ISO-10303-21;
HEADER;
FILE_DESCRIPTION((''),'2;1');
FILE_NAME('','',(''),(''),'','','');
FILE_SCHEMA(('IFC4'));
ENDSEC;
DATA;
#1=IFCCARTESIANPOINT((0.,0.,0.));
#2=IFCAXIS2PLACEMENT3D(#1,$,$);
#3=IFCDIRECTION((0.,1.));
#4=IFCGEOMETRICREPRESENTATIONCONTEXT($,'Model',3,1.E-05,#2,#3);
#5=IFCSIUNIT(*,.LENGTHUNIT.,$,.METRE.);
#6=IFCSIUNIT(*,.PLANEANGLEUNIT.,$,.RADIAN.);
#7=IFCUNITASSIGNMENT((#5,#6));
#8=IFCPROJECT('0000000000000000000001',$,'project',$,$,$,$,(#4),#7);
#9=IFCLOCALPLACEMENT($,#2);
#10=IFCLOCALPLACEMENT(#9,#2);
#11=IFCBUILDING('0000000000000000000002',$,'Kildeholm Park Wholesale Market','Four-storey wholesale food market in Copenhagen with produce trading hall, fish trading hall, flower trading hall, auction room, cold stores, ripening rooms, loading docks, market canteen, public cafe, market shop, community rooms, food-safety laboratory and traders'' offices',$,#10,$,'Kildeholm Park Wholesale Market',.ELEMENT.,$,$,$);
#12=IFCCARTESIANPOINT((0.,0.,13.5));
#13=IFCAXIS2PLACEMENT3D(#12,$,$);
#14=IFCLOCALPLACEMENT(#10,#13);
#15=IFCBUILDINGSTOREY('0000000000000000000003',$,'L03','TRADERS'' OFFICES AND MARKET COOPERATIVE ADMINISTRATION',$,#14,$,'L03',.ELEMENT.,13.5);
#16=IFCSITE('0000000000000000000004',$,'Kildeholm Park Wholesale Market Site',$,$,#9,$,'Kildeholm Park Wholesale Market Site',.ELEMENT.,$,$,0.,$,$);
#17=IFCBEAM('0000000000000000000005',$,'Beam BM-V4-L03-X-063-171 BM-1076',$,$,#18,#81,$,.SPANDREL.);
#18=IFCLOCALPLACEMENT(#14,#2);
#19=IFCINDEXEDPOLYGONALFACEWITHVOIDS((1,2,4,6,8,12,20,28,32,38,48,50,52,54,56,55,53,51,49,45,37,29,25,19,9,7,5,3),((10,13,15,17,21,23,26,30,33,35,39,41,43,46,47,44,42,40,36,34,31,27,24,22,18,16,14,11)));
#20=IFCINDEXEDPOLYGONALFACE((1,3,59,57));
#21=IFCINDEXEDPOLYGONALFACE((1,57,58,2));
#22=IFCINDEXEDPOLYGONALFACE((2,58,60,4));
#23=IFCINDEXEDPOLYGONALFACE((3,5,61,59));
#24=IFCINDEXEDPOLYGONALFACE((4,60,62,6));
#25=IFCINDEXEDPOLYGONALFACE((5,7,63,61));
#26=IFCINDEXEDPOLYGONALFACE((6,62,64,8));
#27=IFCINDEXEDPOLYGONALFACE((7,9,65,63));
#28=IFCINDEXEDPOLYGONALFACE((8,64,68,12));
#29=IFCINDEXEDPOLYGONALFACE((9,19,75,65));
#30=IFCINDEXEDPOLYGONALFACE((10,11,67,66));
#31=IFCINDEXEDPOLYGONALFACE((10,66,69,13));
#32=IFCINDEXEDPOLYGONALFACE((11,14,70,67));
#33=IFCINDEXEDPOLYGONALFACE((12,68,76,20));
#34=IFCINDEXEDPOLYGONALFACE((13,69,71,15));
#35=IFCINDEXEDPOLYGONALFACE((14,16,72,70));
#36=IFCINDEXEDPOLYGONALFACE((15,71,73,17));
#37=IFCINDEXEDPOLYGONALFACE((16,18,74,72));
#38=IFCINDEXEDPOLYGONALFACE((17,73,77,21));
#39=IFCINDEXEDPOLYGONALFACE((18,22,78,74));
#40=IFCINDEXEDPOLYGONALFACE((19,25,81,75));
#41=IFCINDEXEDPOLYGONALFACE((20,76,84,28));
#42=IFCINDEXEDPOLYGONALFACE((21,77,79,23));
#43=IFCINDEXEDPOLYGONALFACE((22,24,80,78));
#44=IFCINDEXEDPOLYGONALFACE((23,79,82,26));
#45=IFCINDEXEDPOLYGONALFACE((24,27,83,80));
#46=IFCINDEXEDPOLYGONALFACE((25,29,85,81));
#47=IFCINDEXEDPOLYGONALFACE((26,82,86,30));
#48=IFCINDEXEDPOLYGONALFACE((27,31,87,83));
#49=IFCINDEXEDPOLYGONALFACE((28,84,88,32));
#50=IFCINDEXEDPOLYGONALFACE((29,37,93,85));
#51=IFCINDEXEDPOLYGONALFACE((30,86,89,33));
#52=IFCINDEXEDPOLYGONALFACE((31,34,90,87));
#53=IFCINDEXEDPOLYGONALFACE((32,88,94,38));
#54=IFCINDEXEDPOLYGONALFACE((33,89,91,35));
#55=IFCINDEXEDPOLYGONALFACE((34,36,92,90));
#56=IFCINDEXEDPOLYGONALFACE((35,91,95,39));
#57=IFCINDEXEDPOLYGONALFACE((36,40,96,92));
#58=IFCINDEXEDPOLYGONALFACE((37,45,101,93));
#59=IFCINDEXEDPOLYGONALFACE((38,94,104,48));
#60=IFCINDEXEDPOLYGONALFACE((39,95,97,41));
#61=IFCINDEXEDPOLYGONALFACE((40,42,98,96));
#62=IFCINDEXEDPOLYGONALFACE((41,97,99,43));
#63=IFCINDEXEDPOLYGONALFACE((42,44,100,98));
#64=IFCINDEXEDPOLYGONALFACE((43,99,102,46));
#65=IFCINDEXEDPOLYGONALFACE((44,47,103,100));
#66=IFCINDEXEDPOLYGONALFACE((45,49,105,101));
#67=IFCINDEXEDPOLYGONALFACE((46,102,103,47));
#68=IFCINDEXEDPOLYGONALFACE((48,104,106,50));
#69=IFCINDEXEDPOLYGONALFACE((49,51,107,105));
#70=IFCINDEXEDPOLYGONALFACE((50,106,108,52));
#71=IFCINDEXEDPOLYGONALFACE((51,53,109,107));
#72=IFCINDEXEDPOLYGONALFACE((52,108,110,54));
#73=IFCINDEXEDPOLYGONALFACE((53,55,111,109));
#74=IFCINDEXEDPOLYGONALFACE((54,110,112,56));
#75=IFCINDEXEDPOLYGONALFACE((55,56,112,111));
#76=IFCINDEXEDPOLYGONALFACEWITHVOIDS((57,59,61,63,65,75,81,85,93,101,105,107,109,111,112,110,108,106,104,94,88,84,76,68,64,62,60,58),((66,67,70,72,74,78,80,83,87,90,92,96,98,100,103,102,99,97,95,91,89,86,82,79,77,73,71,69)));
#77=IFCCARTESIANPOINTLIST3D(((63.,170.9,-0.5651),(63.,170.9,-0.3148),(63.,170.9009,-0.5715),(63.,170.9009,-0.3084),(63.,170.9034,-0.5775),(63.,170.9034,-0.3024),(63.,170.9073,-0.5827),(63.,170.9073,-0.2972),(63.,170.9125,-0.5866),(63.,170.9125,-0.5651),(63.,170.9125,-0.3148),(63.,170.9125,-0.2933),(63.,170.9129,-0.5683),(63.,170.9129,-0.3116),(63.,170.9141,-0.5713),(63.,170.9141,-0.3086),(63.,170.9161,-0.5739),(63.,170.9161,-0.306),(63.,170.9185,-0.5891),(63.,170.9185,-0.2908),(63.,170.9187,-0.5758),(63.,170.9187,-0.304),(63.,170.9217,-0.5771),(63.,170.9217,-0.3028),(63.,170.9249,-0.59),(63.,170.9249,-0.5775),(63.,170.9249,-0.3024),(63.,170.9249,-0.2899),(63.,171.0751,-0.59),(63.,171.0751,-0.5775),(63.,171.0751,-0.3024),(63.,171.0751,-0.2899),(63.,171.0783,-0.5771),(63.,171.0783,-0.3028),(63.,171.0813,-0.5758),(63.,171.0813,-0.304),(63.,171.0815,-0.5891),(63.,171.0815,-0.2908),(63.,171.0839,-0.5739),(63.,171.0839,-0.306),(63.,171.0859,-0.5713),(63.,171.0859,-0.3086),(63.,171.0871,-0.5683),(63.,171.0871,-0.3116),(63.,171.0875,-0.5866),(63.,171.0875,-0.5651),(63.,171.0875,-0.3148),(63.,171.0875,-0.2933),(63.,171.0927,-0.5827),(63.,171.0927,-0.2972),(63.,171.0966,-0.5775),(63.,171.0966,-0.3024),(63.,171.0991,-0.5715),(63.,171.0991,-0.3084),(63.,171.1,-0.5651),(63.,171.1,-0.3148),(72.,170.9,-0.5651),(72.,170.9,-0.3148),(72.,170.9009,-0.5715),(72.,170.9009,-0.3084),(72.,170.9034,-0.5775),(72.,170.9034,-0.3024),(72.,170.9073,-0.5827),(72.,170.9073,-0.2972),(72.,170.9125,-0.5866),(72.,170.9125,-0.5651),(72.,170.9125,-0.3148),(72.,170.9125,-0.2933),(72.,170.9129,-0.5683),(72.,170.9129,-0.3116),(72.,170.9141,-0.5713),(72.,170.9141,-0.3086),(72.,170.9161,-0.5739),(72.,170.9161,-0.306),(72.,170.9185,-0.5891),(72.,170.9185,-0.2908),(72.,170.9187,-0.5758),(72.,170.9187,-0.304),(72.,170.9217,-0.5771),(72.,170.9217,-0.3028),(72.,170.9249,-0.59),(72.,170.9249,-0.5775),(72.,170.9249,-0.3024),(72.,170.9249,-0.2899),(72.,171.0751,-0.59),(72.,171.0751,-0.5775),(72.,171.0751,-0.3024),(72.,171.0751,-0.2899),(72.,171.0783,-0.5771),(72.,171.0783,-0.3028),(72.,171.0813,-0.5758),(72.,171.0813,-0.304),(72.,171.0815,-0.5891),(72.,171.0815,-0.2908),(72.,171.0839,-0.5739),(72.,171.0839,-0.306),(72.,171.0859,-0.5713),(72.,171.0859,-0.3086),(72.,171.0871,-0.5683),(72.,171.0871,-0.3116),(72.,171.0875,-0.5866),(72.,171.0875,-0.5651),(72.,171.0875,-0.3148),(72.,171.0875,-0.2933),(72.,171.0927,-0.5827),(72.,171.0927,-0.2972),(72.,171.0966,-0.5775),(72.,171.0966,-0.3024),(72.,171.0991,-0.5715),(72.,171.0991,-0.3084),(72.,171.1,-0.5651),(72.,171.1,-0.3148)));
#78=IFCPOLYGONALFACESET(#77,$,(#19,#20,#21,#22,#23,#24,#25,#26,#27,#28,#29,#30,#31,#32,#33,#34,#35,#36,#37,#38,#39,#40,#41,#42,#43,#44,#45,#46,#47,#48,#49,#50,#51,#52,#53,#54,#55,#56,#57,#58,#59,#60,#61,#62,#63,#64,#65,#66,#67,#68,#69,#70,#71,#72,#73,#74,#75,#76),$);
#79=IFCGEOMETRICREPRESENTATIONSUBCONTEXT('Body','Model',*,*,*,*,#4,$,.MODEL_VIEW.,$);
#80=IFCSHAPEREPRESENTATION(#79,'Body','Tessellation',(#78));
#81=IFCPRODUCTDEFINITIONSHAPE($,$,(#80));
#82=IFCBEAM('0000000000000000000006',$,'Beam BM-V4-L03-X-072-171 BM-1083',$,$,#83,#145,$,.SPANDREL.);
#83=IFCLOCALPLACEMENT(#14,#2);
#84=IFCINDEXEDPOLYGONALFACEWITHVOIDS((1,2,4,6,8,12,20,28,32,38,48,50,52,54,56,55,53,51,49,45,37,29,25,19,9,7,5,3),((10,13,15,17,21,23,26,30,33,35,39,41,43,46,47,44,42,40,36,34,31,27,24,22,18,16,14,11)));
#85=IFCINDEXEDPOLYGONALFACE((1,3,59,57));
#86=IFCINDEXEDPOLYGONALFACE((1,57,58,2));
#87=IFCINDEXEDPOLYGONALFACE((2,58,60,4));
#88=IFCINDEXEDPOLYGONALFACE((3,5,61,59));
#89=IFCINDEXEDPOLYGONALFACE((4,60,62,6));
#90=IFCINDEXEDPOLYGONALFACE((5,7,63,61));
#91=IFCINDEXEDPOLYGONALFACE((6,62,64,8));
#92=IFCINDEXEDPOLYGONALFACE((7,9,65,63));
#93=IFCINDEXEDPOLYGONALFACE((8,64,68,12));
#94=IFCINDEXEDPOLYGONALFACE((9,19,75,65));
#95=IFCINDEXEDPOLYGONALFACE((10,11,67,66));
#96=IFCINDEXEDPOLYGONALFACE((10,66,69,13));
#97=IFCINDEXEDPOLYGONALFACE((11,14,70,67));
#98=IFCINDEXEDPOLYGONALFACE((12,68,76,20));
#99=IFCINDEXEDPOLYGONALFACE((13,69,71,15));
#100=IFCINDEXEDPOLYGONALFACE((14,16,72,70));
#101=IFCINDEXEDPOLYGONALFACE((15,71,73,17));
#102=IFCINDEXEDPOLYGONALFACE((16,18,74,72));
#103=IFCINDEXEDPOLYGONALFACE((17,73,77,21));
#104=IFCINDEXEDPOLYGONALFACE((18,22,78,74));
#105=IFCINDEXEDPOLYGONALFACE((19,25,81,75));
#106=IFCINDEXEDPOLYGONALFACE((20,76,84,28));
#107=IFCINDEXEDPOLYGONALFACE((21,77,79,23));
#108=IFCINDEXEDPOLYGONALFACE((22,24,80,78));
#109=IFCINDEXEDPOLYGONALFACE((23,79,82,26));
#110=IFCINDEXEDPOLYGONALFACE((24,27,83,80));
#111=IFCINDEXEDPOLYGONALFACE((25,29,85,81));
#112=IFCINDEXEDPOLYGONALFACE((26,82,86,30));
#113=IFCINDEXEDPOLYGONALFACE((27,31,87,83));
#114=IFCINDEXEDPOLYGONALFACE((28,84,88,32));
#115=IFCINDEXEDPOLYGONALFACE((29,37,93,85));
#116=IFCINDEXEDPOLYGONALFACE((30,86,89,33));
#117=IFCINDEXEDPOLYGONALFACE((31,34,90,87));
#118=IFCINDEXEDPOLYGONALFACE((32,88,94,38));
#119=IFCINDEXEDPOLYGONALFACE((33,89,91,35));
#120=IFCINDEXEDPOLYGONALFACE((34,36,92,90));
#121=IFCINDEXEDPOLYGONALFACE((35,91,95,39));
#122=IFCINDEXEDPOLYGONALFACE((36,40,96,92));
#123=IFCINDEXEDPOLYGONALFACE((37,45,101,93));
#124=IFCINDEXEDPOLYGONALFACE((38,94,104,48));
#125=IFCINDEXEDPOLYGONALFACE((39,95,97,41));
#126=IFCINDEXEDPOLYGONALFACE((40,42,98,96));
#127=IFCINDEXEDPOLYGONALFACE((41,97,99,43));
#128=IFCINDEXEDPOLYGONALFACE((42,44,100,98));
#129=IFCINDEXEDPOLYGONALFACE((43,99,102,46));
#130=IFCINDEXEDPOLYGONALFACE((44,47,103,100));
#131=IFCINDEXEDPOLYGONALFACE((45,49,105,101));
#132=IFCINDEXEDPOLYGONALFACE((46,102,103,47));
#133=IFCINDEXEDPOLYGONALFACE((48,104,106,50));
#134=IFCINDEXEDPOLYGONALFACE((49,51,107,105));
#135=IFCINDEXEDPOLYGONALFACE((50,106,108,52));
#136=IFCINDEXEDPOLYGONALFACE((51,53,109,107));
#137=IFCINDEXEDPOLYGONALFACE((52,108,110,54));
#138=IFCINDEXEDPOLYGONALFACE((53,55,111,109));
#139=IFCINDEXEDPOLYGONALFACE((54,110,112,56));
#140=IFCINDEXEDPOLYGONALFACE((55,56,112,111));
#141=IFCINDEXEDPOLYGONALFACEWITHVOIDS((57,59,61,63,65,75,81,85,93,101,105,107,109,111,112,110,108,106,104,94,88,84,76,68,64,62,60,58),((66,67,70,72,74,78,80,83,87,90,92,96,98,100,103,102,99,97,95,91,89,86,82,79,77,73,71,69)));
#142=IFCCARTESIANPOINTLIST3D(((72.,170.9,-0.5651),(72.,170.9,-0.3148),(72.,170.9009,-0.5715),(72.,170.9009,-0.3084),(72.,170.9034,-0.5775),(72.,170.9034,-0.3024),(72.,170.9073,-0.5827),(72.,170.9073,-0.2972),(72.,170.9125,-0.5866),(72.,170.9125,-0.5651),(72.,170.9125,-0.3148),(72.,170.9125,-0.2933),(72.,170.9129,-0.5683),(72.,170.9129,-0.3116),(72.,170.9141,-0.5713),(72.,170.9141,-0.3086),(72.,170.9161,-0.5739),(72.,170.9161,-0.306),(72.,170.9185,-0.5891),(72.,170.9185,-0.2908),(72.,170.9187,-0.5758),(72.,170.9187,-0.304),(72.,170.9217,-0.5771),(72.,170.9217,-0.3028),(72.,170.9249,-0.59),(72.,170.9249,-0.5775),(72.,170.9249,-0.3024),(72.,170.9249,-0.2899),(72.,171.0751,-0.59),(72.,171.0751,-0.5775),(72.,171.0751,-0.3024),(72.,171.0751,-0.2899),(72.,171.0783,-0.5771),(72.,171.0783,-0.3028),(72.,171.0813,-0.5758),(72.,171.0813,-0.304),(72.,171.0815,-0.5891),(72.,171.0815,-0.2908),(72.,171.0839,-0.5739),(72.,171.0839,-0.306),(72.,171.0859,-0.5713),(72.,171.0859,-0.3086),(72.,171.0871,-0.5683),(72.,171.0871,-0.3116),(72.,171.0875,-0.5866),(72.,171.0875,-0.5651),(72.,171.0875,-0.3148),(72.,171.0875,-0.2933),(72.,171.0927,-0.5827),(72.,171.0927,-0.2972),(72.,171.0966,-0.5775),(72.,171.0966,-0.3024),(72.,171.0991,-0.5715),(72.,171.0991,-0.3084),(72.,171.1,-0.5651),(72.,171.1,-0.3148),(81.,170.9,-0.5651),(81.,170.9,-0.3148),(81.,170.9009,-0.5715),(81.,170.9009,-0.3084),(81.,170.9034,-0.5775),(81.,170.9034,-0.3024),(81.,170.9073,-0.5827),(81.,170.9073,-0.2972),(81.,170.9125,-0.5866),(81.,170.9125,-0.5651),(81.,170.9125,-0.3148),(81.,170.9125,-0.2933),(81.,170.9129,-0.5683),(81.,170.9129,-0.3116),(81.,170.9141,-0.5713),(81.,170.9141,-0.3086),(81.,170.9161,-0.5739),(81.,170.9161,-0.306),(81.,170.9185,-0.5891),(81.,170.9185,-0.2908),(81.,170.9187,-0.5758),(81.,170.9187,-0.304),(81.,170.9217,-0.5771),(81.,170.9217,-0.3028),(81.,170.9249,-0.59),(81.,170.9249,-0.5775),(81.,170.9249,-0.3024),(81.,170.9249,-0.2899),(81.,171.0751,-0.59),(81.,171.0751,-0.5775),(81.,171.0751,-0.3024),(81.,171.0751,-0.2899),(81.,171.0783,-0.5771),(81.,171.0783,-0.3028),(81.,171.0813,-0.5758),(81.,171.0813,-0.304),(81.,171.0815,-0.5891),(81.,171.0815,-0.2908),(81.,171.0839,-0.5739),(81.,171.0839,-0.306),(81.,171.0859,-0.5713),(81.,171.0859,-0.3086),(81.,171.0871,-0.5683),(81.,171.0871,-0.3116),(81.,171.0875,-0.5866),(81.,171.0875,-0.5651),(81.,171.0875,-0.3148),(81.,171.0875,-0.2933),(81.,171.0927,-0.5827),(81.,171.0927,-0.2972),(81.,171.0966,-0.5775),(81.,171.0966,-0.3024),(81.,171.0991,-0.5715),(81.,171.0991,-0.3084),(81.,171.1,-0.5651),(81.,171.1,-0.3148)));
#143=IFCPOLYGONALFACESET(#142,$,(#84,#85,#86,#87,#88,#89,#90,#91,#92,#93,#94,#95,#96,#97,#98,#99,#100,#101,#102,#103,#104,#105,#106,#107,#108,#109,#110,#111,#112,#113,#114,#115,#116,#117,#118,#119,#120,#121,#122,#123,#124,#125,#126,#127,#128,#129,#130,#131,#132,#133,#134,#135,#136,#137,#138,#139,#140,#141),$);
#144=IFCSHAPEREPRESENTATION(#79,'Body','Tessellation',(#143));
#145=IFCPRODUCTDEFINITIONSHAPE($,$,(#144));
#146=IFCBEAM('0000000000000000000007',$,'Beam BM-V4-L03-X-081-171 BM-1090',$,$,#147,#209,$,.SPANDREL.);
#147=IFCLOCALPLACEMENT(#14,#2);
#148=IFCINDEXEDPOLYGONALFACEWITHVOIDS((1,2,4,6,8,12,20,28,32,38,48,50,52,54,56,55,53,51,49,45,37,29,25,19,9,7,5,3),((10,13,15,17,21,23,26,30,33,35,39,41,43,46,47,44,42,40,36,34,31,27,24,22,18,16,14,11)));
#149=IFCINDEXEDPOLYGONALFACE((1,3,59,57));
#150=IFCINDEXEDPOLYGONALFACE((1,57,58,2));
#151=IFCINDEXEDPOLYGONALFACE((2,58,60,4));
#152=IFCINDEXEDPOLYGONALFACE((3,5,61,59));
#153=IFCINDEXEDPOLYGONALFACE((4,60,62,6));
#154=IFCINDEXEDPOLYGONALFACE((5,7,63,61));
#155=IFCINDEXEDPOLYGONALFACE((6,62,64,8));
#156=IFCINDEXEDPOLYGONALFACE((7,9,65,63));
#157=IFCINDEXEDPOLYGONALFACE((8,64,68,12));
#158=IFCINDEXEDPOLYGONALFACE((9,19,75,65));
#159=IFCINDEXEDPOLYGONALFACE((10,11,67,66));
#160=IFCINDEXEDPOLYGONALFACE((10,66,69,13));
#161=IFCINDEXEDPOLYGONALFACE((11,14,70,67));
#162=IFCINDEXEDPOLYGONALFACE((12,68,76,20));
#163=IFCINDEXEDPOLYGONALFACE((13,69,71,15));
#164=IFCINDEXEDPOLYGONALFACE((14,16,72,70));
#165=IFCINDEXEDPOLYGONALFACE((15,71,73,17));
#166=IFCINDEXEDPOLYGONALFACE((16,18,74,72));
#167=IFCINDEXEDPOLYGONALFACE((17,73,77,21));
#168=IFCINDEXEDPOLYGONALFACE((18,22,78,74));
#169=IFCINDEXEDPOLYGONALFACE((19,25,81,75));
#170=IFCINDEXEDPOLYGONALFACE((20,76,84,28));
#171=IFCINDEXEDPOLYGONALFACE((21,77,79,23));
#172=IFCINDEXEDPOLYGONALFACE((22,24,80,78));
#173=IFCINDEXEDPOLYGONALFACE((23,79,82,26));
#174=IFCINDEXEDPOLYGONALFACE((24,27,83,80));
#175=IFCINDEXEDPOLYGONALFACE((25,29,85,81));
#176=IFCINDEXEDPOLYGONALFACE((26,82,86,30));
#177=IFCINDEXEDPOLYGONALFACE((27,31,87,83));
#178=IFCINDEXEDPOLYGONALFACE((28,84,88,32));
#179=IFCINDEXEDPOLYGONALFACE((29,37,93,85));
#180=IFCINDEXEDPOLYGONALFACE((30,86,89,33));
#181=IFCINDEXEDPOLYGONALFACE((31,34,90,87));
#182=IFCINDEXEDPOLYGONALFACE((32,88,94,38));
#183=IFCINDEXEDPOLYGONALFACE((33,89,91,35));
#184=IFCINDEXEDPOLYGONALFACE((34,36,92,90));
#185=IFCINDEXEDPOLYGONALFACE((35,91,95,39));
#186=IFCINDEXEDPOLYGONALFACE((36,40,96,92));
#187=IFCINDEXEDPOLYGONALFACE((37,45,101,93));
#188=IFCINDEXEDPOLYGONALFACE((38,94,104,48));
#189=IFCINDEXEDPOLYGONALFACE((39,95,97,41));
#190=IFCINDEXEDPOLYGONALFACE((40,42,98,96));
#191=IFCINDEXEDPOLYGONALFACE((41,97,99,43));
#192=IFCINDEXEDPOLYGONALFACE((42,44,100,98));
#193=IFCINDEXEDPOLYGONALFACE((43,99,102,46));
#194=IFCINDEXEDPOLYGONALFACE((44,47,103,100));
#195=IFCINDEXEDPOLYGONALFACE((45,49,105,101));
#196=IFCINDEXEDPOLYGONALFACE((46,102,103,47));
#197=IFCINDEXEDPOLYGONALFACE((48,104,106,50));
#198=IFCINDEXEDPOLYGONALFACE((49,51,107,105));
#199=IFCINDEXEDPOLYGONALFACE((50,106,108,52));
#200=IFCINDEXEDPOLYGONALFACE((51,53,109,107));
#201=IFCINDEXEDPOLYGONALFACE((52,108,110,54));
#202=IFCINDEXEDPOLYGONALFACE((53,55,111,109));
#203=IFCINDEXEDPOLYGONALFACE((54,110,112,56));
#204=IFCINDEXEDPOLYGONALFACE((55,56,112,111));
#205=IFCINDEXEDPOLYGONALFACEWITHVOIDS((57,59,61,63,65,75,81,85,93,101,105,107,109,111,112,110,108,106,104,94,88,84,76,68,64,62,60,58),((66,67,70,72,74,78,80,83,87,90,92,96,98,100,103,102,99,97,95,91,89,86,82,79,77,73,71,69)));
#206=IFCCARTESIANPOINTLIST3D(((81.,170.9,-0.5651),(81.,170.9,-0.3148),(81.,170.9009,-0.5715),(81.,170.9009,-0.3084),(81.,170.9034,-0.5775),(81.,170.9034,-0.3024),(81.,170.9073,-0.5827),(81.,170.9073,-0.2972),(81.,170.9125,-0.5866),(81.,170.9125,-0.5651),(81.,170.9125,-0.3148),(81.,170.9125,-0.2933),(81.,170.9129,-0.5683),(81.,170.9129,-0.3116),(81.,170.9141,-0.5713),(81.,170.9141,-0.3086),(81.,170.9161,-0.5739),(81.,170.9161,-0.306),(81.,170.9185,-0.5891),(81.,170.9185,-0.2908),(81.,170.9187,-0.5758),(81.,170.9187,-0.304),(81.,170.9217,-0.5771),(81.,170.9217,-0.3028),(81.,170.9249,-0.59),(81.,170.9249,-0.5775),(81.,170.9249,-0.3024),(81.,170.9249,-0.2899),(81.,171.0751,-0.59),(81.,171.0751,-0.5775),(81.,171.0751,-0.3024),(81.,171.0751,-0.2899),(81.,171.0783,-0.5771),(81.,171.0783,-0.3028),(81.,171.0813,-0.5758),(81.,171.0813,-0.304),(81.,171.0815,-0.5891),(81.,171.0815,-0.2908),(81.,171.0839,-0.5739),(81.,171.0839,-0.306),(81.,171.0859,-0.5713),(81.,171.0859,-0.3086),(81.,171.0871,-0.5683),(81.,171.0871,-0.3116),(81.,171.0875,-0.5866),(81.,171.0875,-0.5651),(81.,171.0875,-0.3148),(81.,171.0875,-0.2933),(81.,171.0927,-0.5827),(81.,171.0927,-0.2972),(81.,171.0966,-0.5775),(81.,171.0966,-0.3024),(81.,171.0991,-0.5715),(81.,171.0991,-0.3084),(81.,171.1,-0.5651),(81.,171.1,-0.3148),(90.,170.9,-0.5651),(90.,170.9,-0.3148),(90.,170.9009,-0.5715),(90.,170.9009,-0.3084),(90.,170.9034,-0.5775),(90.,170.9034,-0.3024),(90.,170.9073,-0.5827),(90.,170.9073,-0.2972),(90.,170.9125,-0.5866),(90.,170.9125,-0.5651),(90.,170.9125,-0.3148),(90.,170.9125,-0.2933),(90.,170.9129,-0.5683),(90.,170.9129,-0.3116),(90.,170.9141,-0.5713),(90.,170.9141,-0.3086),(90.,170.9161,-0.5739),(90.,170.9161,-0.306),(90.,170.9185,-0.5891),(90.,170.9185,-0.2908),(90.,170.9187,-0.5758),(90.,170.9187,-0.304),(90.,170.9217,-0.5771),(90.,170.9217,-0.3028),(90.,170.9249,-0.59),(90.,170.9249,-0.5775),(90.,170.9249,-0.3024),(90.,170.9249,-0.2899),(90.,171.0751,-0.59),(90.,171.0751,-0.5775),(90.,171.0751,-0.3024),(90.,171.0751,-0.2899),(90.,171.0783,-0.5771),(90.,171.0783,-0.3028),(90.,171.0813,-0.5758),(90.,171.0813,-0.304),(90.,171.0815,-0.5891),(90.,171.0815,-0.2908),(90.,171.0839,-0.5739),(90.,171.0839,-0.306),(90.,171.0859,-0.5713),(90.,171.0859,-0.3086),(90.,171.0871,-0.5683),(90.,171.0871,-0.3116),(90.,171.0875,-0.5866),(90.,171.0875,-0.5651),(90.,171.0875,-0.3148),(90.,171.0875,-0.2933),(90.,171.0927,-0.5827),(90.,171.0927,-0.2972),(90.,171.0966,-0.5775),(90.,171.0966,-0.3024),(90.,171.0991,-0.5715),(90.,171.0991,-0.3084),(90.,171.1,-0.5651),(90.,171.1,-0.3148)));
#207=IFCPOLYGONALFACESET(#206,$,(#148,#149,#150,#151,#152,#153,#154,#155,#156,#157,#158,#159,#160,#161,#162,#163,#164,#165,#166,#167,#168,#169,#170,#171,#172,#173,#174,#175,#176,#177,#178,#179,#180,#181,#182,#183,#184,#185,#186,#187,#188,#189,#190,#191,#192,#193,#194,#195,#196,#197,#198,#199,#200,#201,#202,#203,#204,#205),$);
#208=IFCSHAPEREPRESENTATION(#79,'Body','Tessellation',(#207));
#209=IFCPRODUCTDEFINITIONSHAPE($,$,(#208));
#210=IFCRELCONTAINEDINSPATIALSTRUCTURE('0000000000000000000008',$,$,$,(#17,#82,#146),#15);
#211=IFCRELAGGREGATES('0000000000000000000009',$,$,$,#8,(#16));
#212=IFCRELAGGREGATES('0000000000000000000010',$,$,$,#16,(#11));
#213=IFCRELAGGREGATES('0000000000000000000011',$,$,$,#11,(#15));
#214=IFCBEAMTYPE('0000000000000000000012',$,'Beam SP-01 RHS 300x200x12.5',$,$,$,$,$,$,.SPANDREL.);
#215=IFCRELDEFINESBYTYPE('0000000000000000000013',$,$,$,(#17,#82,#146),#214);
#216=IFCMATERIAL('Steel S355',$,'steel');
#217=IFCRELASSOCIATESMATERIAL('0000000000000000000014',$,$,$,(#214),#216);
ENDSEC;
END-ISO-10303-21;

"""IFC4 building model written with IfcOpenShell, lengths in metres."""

from ifc_helpers import new_model, si_unit, direction, frame, origin, origin_2d, place, context, subcontext, project, spatial, hollow_rectangle, extrude, material, material_profile, profile_set, type_object, element, save


model = new_model("IFC4")

# Units and contexts
model_context = context("Model", 3, precision=1e-05, world=origin(), true_north=direction((0.0, 1.0)))
body_context = subcontext(model_context, "Body", "Model", "MODEL_VIEW")
ifc_project = project(units=[si_unit("LENGTHUNIT", "METRE"), si_unit("PLANEANGLEUNIT", "RADIAN")], contexts=[model_context])

# Site, building, storey
site_placement = place(None, origin())
site = spatial("IfcSite", under=ifc_project, at=site_placement, Name="Kildeholm Park Wholesale Market Site", LongName="Kildeholm Park Wholesale Market Site", CompositionType="ELEMENT", RefElevation=0.0)
building_placement = place(site_placement, origin())
building = spatial("IfcBuilding", under=site, at=building_placement, Name="Kildeholm Park Wholesale Market", Description="Four-storey wholesale food market in Copenhagen with produce trading hall, fish trading hall, flower trading hall, auction room, cold stores, ripening rooms, loading docks, market canteen, public cafe, market shop, community rooms, food-safety laboratory and traders' offices", LongName="Kildeholm Park Wholesale Market", CompositionType="ELEMENT")
storey_placement = place(building_placement, frame((0.0, 0.0, 13.5)))
storey = spatial("IfcBuildingStorey", under=building, at=storey_placement, Name="L03", Description="TRADERS' OFFICES AND MARKET COOPERATIVE ADMINISTRATION", LongName="L03", CompositionType="ELEMENT", Elevation=13.5)

# Beams
ifc_material_1 = material(Name="Steel S355", Category="steel")
ifc_material_profile_1 = material_profile(ifc_material_1, hollow_rectangle(XDim=0.2, YDim=0.3, WallThickness=0.0125, InnerFilletRadius=0.0125, OuterFilletRadius=0.0249, at=origin_2d()), Name="RHS 300x200x12.5")
ifc_profile_set_1 = profile_set([ifc_material_profile_1], Name="Steel S355")
beam_type_1 = type_object("IfcBeamType", Name="Beam SP-01 RHS 300x200x12.5", PredefinedType="SPANDREL", material=ifc_profile_set_1)
for number, where, z_axis, x_axis, name in (
    (1, (63.0, 171.0, -0.4399), (1.0, 0.0, 0.0), (0.0, 1.0, 0.0), "Beam BM-V4-L03-X-063-171 BM-1076"),
    (2, (72.0, 171.0, -0.4399), (1.0, 0.0, 0.0), (0.0, 1.0, 0.0), "Beam BM-V4-L03-X-072-171 BM-1083"),
    (3, (81.0, 171.0, -0.4399), (1.0, 0.0, 0.0), (0.0, 1.0, 0.0), "Beam BM-V4-L03-X-081-171 BM-1090"),
):
    element("IfcBeam", number, at=place(storey_placement, frame(where, z_axis=z_axis, x_axis=x_axis)), inside=storey, type_object=beam_type_1, Name=name, PredefinedType="SPANDREL", context=body_context, shape_type="SweptSolid", body=[
        extrude(hollow_rectangle(XDim=0.2, YDim=0.3, WallThickness=0.0125, InnerFilletRadius=0.0125, OuterFilletRadius=0.0249, at=origin_2d()), origin(), (0.0, 0.0, 1.0), 9.0),
    ])

save(model, "model.ifc")
